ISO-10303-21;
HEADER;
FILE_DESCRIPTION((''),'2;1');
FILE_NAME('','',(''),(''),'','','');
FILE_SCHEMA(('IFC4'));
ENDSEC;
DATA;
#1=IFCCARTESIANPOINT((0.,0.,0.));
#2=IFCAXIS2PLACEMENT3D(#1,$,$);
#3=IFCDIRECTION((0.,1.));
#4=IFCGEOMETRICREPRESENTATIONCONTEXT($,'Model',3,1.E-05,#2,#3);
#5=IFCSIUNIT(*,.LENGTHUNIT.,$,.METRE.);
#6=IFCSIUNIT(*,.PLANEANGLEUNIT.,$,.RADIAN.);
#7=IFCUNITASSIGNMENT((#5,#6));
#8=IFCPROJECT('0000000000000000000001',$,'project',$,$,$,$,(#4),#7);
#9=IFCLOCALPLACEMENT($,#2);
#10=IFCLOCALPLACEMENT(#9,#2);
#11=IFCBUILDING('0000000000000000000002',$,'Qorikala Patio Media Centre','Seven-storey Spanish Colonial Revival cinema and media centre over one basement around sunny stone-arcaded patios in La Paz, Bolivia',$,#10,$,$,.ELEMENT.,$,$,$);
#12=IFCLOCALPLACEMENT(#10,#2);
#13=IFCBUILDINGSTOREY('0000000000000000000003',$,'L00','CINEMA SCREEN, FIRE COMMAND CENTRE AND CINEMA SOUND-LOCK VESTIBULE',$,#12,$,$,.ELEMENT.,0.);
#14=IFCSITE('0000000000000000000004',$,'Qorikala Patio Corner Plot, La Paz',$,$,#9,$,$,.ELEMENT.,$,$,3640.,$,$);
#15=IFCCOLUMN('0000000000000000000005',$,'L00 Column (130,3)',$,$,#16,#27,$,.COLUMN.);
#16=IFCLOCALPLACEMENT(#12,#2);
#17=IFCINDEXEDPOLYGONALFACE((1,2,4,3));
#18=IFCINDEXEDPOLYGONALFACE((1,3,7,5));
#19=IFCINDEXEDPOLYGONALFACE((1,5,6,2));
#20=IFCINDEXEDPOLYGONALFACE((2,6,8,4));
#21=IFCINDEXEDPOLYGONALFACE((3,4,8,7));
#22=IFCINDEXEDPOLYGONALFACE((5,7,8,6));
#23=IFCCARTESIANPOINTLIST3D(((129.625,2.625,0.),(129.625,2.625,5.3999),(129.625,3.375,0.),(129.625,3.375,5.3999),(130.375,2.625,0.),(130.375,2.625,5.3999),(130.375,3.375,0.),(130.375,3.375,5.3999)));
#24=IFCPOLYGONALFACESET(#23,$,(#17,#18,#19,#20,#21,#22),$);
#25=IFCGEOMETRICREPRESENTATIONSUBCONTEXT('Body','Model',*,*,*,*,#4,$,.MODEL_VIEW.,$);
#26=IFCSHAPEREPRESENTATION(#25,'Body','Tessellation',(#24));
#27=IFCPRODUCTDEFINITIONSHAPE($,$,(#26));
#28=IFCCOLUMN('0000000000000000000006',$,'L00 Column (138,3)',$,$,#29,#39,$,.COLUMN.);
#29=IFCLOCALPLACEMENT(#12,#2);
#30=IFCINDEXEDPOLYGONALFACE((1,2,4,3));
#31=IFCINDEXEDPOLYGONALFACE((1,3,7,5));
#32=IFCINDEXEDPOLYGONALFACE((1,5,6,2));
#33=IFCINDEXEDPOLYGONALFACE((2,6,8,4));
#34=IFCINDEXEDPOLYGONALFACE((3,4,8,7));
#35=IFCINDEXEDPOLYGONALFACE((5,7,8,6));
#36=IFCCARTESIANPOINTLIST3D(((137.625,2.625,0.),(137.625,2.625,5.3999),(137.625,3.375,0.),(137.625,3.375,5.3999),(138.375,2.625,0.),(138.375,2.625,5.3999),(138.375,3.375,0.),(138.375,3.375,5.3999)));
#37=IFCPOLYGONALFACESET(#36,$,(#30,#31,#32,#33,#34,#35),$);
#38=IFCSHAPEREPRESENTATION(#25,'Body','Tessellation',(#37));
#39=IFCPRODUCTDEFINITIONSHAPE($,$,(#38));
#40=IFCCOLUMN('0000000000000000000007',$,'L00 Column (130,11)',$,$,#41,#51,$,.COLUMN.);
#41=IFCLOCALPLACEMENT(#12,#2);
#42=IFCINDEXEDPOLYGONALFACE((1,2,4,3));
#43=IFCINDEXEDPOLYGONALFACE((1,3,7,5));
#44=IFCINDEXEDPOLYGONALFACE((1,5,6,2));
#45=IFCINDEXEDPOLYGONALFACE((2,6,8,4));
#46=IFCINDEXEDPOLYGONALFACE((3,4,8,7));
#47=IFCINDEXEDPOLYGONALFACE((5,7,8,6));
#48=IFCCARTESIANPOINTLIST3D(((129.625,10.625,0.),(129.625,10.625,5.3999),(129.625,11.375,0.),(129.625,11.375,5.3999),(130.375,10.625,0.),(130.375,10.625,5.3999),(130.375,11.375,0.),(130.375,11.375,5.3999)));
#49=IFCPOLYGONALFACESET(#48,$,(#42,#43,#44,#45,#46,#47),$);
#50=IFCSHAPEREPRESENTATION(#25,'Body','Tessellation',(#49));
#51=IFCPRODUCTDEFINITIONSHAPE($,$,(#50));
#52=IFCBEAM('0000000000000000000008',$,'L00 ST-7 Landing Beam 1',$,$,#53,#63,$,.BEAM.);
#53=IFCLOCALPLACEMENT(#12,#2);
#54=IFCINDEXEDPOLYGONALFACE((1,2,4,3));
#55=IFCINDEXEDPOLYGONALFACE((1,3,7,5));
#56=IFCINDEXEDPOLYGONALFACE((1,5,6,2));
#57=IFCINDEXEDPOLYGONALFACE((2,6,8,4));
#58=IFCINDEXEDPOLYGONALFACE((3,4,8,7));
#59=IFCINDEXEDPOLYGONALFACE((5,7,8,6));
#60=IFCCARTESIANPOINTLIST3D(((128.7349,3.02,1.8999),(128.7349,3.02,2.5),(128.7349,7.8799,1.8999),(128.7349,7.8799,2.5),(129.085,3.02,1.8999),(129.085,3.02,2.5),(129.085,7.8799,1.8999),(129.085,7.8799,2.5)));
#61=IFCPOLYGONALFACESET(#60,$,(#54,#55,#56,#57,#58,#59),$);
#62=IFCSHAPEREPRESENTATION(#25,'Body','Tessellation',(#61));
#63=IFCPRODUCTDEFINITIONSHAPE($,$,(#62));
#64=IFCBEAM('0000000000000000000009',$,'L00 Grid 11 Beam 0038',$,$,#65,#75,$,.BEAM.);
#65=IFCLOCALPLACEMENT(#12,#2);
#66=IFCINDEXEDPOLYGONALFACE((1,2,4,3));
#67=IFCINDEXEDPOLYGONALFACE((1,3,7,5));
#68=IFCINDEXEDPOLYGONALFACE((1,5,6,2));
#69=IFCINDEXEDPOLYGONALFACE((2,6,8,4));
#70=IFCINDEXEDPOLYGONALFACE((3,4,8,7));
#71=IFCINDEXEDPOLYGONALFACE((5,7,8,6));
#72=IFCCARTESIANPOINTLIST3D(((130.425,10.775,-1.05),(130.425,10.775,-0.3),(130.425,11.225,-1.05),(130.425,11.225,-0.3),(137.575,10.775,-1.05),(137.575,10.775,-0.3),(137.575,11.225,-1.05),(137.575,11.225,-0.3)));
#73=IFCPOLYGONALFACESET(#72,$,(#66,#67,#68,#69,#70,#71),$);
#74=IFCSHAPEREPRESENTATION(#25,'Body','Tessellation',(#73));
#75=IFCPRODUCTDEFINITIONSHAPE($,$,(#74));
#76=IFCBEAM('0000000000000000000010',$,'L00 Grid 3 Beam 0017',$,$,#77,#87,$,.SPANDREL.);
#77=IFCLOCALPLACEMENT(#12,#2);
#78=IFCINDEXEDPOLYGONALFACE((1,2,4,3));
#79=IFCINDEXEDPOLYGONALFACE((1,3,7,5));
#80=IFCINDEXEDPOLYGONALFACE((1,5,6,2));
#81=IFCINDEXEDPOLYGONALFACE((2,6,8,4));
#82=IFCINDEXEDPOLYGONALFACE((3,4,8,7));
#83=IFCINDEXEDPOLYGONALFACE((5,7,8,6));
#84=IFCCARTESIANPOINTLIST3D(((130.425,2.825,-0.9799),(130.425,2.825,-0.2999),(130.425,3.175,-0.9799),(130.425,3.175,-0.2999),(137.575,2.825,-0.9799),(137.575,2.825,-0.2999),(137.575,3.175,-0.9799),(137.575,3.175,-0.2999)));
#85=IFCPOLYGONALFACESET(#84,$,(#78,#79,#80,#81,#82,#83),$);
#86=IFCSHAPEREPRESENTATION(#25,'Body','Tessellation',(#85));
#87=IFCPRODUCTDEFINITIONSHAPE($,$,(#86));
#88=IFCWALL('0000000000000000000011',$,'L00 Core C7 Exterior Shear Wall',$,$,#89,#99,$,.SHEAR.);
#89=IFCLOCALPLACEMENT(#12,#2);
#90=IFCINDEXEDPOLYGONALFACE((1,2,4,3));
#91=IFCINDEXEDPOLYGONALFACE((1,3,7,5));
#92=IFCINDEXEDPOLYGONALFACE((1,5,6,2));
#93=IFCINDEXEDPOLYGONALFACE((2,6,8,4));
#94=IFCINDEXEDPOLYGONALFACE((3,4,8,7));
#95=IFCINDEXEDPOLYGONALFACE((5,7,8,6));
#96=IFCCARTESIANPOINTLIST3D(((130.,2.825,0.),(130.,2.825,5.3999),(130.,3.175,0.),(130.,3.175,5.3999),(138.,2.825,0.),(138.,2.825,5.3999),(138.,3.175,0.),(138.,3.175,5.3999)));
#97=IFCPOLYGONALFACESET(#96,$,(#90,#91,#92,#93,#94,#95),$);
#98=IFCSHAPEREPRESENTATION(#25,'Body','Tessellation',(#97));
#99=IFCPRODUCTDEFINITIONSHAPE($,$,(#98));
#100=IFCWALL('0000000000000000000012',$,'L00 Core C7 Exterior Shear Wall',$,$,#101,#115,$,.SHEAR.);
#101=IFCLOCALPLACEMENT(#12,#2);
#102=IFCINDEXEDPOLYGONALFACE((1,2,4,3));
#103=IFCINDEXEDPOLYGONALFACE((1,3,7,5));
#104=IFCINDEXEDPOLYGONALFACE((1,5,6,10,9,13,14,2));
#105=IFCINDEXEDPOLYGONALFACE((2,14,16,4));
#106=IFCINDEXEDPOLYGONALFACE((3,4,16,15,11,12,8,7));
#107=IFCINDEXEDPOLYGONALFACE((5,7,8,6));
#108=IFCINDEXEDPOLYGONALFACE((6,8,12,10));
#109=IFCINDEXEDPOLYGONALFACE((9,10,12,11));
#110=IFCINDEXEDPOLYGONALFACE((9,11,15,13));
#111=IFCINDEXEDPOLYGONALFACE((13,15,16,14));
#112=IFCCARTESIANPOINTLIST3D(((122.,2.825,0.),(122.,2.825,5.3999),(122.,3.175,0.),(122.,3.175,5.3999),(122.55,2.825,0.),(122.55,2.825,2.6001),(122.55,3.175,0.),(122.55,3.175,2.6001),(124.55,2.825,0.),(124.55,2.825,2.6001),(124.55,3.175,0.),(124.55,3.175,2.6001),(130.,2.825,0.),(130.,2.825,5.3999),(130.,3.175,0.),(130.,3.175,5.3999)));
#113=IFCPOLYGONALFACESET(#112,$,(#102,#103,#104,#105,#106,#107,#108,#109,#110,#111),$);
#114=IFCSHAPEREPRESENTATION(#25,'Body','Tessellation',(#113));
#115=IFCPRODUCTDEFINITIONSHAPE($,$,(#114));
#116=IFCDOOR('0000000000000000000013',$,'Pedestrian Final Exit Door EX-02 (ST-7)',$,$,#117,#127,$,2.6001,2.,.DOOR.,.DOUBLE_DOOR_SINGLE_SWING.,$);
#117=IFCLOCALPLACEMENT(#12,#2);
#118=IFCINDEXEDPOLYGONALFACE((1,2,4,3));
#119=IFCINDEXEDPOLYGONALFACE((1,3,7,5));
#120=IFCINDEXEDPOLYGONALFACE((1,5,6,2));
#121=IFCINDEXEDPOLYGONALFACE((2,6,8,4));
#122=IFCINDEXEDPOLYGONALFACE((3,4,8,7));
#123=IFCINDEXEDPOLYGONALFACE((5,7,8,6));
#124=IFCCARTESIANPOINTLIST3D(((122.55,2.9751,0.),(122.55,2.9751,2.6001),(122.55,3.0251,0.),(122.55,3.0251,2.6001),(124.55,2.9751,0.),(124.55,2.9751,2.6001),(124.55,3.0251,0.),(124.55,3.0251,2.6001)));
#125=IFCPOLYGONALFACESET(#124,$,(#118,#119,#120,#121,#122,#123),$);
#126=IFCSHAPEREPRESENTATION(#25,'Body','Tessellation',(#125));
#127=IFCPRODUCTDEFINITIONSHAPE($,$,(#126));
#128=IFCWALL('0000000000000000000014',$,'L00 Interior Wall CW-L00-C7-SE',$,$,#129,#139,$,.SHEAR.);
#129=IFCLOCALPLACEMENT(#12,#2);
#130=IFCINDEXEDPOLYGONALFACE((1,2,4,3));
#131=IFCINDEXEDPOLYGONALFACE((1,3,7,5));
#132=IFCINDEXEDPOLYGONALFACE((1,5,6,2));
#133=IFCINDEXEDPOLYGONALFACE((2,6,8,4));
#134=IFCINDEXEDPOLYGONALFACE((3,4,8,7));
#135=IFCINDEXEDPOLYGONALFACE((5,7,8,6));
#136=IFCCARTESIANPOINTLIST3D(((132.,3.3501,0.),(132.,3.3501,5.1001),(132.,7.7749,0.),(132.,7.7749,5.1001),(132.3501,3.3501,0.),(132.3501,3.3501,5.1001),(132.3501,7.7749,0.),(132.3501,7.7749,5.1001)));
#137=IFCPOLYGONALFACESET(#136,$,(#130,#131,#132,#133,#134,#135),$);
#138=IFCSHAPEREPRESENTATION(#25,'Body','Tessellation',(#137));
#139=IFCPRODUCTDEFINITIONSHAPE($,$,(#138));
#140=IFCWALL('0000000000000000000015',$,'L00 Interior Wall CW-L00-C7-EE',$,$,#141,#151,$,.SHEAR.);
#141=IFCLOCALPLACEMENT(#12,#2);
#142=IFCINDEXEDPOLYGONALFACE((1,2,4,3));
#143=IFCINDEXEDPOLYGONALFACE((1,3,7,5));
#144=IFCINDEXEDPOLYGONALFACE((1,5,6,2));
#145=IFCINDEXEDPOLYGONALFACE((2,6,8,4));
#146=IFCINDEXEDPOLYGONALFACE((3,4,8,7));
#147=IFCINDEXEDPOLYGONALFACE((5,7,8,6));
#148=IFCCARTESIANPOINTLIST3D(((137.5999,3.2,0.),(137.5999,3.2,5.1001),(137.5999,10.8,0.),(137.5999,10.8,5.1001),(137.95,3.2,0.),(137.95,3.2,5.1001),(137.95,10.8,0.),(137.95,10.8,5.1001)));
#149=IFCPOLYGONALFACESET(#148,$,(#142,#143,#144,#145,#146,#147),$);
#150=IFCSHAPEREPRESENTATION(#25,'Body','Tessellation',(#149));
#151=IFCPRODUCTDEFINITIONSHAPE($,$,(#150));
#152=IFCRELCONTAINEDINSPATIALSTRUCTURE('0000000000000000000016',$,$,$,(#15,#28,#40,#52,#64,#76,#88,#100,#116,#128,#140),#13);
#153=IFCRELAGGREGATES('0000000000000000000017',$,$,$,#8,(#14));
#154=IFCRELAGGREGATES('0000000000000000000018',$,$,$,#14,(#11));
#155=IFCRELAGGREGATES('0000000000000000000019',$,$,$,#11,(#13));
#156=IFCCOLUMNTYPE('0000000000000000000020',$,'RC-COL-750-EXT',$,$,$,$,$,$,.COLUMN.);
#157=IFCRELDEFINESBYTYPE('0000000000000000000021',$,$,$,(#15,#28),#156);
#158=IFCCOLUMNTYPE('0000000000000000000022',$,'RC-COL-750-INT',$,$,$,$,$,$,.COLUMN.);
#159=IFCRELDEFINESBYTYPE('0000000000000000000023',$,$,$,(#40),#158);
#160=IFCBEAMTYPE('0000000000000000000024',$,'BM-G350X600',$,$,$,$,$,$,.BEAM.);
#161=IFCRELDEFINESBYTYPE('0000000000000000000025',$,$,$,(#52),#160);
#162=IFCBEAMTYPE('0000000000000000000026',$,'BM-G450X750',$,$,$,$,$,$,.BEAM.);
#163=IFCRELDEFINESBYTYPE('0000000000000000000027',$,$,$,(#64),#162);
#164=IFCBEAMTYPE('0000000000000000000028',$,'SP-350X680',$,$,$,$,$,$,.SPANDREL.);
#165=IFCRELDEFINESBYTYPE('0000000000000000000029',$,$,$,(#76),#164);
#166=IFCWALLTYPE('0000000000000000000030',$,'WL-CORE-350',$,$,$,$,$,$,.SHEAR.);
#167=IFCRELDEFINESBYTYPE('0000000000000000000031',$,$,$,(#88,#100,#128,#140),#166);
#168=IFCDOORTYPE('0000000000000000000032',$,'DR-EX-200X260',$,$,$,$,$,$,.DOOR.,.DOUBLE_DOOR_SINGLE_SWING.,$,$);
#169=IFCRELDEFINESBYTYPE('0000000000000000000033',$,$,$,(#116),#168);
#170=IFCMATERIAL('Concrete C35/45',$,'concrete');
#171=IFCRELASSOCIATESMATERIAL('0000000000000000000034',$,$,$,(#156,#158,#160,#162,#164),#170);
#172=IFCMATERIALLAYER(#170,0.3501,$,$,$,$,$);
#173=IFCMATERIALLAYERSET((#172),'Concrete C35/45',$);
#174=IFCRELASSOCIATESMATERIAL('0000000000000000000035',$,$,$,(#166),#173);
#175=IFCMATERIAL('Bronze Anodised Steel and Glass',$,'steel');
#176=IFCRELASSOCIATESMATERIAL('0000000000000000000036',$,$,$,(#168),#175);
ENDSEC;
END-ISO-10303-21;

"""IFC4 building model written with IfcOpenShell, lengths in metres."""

from ifc_helpers import new_model, si_unit, direction, frame, frame_2d, origin, origin_2d, place, context, subcontext, project, spatial, rectangle, extrude, material, layer, layer_set, material_profile, profile_set, type_object, element, fill, save


model = new_model("IFC4")

# Units and contexts
model_context = context("Model", 3, precision=1e-05, world=origin(), true_north=direction((0.0, 1.0)))
body_context = subcontext(model_context, "Body", "Model", "MODEL_VIEW")
ifc_project = project(units=[si_unit("LENGTHUNIT", "METRE"), si_unit("PLANEANGLEUNIT", "RADIAN")], contexts=[model_context])

# Site, building, storey
site_placement = place(None, origin())
site = spatial("IfcSite", under=ifc_project, at=site_placement, Name="Qorikala Patio Corner Plot, La Paz", CompositionType="ELEMENT", RefElevation=3640.0)
building_placement = place(site_placement, origin())
building = spatial("IfcBuilding", under=site, at=building_placement, Name="Qorikala Patio Media Centre", Description="Seven-storey Spanish Colonial Revival cinema and media centre over one basement around sunny stone-arcaded patios in La Paz, Bolivia", CompositionType="ELEMENT")
storey_placement = place(building_placement, origin())
storey = spatial("IfcBuildingStorey", under=building, at=storey_placement, Name="L00", Description="CINEMA SCREEN, FIRE COMMAND CENTRE AND CINEMA SOUND-LOCK VESTIBULE", CompositionType="ELEMENT", Elevation=0.0)

# Columns
ifc_material_1 = material(Name="Concrete C35/45", Category="concrete")
ifc_material_profile_1 = material_profile(ifc_material_1, rectangle(XDim=0.75, YDim=0.75, at=origin_2d()), Name="RC 750x750")
ifc_profile_set_1 = profile_set([ifc_material_profile_1], Name="Concrete C35/45")
column_type_1 = type_object("IfcColumnType", Name="RC-COL-750-EXT", PredefinedType="COLUMN", material=ifc_profile_set_1)
for number, where, z_axis, x_axis, name in (
    (1, (130.0, 3.0, 0.0), (0.0, 0.0, 1.0), (1.0, 0.0, 0.0), "L00 Column (130,3)"),
    (2, (138.0, 3.0, 0.0), (0.0, 0.0, 1.0), (1.0, 0.0, 0.0), "L00 Column (138,3)"),
):
    element("IfcColumn", number, at=place(storey_placement, frame(where, z_axis=z_axis, x_axis=x_axis)), inside=storey, type_object=column_type_1, Name=name, PredefinedType="COLUMN", context=body_context, shape_type="SweptSolid", body=[
        extrude(rectangle(XDim=0.75, YDim=0.75, at=origin_2d()), origin(), (0.0, 0.0, 1.0), 5.3999),
    ])
ifc_material_profile_2 = material_profile(ifc_material_1, rectangle(XDim=0.75, YDim=0.75, at=origin_2d()), Name="RC 750x750")
ifc_profile_set_2 = profile_set([ifc_material_profile_2], Name="Concrete C35/45")
column_type_2 = type_object("IfcColumnType", Name="RC-COL-750-INT", PredefinedType="COLUMN", material=ifc_profile_set_2)
column_placement = place(storey_placement, frame((130.0, 11.0, 0.0), z_axis=(0.0, 0.0, 1.0), x_axis=(1.0, 0.0, 0.0)))
element("IfcColumn", 3, at=column_placement, inside=storey, type_object=column_type_2, Name="L00 Column (130,11)", PredefinedType="COLUMN", context=body_context, shape_type="SweptSolid", body=[
    extrude(rectangle(XDim=0.75, YDim=0.75, at=origin_2d()), origin(), (0.0, 0.0, 1.0), 5.3999),
])

# Beams
ifc_material_profile_3 = material_profile(ifc_material_1, rectangle(XDim=0.3501, YDim=0.6001, at=origin_2d()), Name="RC 350x600")
ifc_profile_set_3 = profile_set([ifc_material_profile_3], Name="Concrete C35/45")
beam_type_1 = type_object("IfcBeamType", Name="BM-G350X600", PredefinedType="BEAM", material=ifc_profile_set_3)
beam_1_placement = place(storey_placement, frame((128.9099, 3.02, 2.2), z_axis=(0.0, 1.0, 0.0), x_axis=(-1.0, 0.0, 0.0)))
element("IfcBeam", 4, at=beam_1_placement, inside=storey, type_object=beam_type_1, Name="L00 ST-7 Landing Beam 1", PredefinedType="BEAM", context=body_context, shape_type="SweptSolid", body=[
    extrude(rectangle(XDim=0.3501, YDim=0.6001, at=origin_2d()), origin(), (0.0, 0.0, 1.0), 4.8599),
])
ifc_material_profile_4 = material_profile(ifc_material_1, rectangle(XDim=0.45, YDim=0.75, at=origin_2d()), Name="RC 450x750")
ifc_profile_set_4 = profile_set([ifc_material_profile_4], Name="Concrete C35/45")
beam_type_2 = type_object("IfcBeamType", Name="BM-G450X750", PredefinedType="BEAM", material=ifc_profile_set_4)
beam_2_placement = place(storey_placement, frame((130.425, 11.0, -0.675), z_axis=(1.0, 0.0, 0.0), x_axis=(0.0, 1.0, 0.0)))
element("IfcBeam", 5, at=beam_2_placement, inside=storey, type_object=beam_type_2, Name="L00 Grid 11 Beam 0038", PredefinedType="BEAM", context=body_context, shape_type="SweptSolid", body=[
    extrude(rectangle(XDim=0.45, YDim=0.75, at=origin_2d()), origin(), (0.0, 0.0, 1.0), 7.1499),
])
ifc_material_profile_5 = material_profile(ifc_material_1, rectangle(XDim=0.3501, YDim=0.6799, at=origin_2d()), Name="RC 350x680")
ifc_profile_set_5 = profile_set([ifc_material_profile_5], Name="Concrete C35/45")
beam_type_3 = type_object("IfcBeamType", Name="SP-350X680", PredefinedType="SPANDREL", material=ifc_profile_set_5)
beam_3_placement = place(storey_placement, frame((130.425, 3.0, -0.6399), z_axis=(1.0, 0.0, 0.0), x_axis=(0.0, 1.0, 0.0)))
element("IfcBeam", 6, at=beam_3_placement, inside=storey, type_object=beam_type_3, Name="L00 Grid 3 Beam 0017", PredefinedType="SPANDREL", context=body_context, shape_type="SweptSolid", body=[
    extrude(rectangle(XDim=0.3501, YDim=0.6799, at=origin_2d()), origin(), (0.0, 0.0, 1.0), 7.1499),
])

# Wall
ifc_layer_1 = layer(ifc_material_1, 0.3501)
ifc_layer_set_1 = layer_set([ifc_layer_1], Name="Concrete C35/45")
wall_type_1 = type_object("IfcWallType", Name="WL-CORE-350", PredefinedType="SHEAR", material=ifc_layer_set_1)
wall_1_placement = place(storey_placement, frame((138.0, 3.0, 0.0), z_axis=(0.0, 0.0, 1.0), x_axis=(-1.0, 0.0, 0.0)))
element("IfcWall", 7, at=wall_1_placement, inside=storey, type_object=wall_type_1, Name="L00 Core C7 Exterior Shear Wall", PredefinedType="SHEAR", context=body_context, shape_type="SweptSolid", body=[
    extrude(rectangle(XDim=8.0, YDim=0.3501, at=frame_2d((4.0, 0.0))), origin(), (0.0, 0.0, 1.0), 5.3999),
])

# Wall, opening, door
wall_2_placement = place(storey_placement, frame((130.0, 3.0, 0.0), z_axis=(0.0, 0.0, 1.0), x_axis=(-1.0, 0.0, 0.0)))
wall_2 = element("IfcWall", 8, at=wall_2_placement, inside=storey, type_object=wall_type_1, Name="L00 Core C7 Exterior Shear Wall", PredefinedType="SHEAR", context=body_context, shape_type="SweptSolid", body=[
    extrude(rectangle(XDim=8.0, YDim=0.3501, at=frame_2d((4.0, 0.0))), origin(), (0.0, 0.0, 1.0), 5.3999),
])
opening_1_placement = place(wall_2_placement, frame((5.45, 0.0, 0.0)))
opening_1 = element("IfcOpeningElement", 9, at=opening_1_placement, cuts=wall_2, PredefinedType="OPENING", context=body_context, shape_type="SweptSolid", body=[
    extrude(rectangle(XDim=2.0, YDim=2.6001, at=frame_2d((1.0, 1.3))), frame((0.0, 0.1851, 0.0), z_axis=(0.0, -1.0, 0.0), x_axis=(1.0, 0.0, 0.0)), (0.0, 0.0, 1.0), 0.3701),
])
ifc_material_2 = material(Name="Bronze Anodised Steel and Glass", Category="steel")
door_type_1 = type_object("IfcDoorType", Name="DR-EX-200X260", OperationType="DOUBLE_DOOR_SINGLE_SWING", PredefinedType="DOOR", material=ifc_material_2)
door_1_placement = place(opening_1_placement, origin())
door_1 = element("IfcDoor", 10, at=door_1_placement, inside=storey, type_object=door_type_1, Name="Pedestrian Final Exit Door EX-02 (ST-7)", OperationType="DOUBLE_DOOR_SINGLE_SWING", OverallHeight=2.6001, OverallWidth=2.0, PredefinedType="DOOR", context=body_context, shape_type="SweptSolid", body=[
    extrude(rectangle(XDim=2.0, YDim=2.6001, at=frame_2d((1.0, 1.3))), frame((0.0, 0.0249, 0.0), z_axis=(0.0, -1.0, 0.0), x_axis=(1.0, 0.0, 0.0)), (0.0, 0.0, 1.0), 0.05),
])
fill(opening_1, door_1)

# Walls
wall_3_placement = place(storey_placement, frame((132.175, 3.3501, 0.0), z_axis=(0.0, 0.0, 1.0), x_axis=(0.0, 1.0, 0.0)))
element("IfcWall", 11, at=wall_3_placement, inside=storey, type_object=wall_type_1, Name="L00 Interior Wall CW-L00-C7-SE", PredefinedType="SHEAR", context=body_context, shape_type="SweptSolid", body=[
    extrude(rectangle(XDim=4.4248, YDim=0.3501, at=frame_2d((2.2124, 0.0))), origin(), (0.0, 0.0, 1.0), 5.1001),
])
wall_4_placement = place(storey_placement, frame((137.7749, 3.2, 0.0), z_axis=(0.0, 0.0, 1.0), x_axis=(0.0, 1.0, 0.0)))
element("IfcWall", 12, at=wall_4_placement, inside=storey, type_object=wall_type_1, Name="L00 Interior Wall CW-L00-C7-EE", PredefinedType="SHEAR", context=body_context, shape_type="SweptSolid", body=[
    extrude(rectangle(XDim=7.6001, YDim=0.3501, at=frame_2d((3.8, 0.0))), origin(), (0.0, 0.0, 1.0), 5.1001),
])

save(model, "model.ifc")
